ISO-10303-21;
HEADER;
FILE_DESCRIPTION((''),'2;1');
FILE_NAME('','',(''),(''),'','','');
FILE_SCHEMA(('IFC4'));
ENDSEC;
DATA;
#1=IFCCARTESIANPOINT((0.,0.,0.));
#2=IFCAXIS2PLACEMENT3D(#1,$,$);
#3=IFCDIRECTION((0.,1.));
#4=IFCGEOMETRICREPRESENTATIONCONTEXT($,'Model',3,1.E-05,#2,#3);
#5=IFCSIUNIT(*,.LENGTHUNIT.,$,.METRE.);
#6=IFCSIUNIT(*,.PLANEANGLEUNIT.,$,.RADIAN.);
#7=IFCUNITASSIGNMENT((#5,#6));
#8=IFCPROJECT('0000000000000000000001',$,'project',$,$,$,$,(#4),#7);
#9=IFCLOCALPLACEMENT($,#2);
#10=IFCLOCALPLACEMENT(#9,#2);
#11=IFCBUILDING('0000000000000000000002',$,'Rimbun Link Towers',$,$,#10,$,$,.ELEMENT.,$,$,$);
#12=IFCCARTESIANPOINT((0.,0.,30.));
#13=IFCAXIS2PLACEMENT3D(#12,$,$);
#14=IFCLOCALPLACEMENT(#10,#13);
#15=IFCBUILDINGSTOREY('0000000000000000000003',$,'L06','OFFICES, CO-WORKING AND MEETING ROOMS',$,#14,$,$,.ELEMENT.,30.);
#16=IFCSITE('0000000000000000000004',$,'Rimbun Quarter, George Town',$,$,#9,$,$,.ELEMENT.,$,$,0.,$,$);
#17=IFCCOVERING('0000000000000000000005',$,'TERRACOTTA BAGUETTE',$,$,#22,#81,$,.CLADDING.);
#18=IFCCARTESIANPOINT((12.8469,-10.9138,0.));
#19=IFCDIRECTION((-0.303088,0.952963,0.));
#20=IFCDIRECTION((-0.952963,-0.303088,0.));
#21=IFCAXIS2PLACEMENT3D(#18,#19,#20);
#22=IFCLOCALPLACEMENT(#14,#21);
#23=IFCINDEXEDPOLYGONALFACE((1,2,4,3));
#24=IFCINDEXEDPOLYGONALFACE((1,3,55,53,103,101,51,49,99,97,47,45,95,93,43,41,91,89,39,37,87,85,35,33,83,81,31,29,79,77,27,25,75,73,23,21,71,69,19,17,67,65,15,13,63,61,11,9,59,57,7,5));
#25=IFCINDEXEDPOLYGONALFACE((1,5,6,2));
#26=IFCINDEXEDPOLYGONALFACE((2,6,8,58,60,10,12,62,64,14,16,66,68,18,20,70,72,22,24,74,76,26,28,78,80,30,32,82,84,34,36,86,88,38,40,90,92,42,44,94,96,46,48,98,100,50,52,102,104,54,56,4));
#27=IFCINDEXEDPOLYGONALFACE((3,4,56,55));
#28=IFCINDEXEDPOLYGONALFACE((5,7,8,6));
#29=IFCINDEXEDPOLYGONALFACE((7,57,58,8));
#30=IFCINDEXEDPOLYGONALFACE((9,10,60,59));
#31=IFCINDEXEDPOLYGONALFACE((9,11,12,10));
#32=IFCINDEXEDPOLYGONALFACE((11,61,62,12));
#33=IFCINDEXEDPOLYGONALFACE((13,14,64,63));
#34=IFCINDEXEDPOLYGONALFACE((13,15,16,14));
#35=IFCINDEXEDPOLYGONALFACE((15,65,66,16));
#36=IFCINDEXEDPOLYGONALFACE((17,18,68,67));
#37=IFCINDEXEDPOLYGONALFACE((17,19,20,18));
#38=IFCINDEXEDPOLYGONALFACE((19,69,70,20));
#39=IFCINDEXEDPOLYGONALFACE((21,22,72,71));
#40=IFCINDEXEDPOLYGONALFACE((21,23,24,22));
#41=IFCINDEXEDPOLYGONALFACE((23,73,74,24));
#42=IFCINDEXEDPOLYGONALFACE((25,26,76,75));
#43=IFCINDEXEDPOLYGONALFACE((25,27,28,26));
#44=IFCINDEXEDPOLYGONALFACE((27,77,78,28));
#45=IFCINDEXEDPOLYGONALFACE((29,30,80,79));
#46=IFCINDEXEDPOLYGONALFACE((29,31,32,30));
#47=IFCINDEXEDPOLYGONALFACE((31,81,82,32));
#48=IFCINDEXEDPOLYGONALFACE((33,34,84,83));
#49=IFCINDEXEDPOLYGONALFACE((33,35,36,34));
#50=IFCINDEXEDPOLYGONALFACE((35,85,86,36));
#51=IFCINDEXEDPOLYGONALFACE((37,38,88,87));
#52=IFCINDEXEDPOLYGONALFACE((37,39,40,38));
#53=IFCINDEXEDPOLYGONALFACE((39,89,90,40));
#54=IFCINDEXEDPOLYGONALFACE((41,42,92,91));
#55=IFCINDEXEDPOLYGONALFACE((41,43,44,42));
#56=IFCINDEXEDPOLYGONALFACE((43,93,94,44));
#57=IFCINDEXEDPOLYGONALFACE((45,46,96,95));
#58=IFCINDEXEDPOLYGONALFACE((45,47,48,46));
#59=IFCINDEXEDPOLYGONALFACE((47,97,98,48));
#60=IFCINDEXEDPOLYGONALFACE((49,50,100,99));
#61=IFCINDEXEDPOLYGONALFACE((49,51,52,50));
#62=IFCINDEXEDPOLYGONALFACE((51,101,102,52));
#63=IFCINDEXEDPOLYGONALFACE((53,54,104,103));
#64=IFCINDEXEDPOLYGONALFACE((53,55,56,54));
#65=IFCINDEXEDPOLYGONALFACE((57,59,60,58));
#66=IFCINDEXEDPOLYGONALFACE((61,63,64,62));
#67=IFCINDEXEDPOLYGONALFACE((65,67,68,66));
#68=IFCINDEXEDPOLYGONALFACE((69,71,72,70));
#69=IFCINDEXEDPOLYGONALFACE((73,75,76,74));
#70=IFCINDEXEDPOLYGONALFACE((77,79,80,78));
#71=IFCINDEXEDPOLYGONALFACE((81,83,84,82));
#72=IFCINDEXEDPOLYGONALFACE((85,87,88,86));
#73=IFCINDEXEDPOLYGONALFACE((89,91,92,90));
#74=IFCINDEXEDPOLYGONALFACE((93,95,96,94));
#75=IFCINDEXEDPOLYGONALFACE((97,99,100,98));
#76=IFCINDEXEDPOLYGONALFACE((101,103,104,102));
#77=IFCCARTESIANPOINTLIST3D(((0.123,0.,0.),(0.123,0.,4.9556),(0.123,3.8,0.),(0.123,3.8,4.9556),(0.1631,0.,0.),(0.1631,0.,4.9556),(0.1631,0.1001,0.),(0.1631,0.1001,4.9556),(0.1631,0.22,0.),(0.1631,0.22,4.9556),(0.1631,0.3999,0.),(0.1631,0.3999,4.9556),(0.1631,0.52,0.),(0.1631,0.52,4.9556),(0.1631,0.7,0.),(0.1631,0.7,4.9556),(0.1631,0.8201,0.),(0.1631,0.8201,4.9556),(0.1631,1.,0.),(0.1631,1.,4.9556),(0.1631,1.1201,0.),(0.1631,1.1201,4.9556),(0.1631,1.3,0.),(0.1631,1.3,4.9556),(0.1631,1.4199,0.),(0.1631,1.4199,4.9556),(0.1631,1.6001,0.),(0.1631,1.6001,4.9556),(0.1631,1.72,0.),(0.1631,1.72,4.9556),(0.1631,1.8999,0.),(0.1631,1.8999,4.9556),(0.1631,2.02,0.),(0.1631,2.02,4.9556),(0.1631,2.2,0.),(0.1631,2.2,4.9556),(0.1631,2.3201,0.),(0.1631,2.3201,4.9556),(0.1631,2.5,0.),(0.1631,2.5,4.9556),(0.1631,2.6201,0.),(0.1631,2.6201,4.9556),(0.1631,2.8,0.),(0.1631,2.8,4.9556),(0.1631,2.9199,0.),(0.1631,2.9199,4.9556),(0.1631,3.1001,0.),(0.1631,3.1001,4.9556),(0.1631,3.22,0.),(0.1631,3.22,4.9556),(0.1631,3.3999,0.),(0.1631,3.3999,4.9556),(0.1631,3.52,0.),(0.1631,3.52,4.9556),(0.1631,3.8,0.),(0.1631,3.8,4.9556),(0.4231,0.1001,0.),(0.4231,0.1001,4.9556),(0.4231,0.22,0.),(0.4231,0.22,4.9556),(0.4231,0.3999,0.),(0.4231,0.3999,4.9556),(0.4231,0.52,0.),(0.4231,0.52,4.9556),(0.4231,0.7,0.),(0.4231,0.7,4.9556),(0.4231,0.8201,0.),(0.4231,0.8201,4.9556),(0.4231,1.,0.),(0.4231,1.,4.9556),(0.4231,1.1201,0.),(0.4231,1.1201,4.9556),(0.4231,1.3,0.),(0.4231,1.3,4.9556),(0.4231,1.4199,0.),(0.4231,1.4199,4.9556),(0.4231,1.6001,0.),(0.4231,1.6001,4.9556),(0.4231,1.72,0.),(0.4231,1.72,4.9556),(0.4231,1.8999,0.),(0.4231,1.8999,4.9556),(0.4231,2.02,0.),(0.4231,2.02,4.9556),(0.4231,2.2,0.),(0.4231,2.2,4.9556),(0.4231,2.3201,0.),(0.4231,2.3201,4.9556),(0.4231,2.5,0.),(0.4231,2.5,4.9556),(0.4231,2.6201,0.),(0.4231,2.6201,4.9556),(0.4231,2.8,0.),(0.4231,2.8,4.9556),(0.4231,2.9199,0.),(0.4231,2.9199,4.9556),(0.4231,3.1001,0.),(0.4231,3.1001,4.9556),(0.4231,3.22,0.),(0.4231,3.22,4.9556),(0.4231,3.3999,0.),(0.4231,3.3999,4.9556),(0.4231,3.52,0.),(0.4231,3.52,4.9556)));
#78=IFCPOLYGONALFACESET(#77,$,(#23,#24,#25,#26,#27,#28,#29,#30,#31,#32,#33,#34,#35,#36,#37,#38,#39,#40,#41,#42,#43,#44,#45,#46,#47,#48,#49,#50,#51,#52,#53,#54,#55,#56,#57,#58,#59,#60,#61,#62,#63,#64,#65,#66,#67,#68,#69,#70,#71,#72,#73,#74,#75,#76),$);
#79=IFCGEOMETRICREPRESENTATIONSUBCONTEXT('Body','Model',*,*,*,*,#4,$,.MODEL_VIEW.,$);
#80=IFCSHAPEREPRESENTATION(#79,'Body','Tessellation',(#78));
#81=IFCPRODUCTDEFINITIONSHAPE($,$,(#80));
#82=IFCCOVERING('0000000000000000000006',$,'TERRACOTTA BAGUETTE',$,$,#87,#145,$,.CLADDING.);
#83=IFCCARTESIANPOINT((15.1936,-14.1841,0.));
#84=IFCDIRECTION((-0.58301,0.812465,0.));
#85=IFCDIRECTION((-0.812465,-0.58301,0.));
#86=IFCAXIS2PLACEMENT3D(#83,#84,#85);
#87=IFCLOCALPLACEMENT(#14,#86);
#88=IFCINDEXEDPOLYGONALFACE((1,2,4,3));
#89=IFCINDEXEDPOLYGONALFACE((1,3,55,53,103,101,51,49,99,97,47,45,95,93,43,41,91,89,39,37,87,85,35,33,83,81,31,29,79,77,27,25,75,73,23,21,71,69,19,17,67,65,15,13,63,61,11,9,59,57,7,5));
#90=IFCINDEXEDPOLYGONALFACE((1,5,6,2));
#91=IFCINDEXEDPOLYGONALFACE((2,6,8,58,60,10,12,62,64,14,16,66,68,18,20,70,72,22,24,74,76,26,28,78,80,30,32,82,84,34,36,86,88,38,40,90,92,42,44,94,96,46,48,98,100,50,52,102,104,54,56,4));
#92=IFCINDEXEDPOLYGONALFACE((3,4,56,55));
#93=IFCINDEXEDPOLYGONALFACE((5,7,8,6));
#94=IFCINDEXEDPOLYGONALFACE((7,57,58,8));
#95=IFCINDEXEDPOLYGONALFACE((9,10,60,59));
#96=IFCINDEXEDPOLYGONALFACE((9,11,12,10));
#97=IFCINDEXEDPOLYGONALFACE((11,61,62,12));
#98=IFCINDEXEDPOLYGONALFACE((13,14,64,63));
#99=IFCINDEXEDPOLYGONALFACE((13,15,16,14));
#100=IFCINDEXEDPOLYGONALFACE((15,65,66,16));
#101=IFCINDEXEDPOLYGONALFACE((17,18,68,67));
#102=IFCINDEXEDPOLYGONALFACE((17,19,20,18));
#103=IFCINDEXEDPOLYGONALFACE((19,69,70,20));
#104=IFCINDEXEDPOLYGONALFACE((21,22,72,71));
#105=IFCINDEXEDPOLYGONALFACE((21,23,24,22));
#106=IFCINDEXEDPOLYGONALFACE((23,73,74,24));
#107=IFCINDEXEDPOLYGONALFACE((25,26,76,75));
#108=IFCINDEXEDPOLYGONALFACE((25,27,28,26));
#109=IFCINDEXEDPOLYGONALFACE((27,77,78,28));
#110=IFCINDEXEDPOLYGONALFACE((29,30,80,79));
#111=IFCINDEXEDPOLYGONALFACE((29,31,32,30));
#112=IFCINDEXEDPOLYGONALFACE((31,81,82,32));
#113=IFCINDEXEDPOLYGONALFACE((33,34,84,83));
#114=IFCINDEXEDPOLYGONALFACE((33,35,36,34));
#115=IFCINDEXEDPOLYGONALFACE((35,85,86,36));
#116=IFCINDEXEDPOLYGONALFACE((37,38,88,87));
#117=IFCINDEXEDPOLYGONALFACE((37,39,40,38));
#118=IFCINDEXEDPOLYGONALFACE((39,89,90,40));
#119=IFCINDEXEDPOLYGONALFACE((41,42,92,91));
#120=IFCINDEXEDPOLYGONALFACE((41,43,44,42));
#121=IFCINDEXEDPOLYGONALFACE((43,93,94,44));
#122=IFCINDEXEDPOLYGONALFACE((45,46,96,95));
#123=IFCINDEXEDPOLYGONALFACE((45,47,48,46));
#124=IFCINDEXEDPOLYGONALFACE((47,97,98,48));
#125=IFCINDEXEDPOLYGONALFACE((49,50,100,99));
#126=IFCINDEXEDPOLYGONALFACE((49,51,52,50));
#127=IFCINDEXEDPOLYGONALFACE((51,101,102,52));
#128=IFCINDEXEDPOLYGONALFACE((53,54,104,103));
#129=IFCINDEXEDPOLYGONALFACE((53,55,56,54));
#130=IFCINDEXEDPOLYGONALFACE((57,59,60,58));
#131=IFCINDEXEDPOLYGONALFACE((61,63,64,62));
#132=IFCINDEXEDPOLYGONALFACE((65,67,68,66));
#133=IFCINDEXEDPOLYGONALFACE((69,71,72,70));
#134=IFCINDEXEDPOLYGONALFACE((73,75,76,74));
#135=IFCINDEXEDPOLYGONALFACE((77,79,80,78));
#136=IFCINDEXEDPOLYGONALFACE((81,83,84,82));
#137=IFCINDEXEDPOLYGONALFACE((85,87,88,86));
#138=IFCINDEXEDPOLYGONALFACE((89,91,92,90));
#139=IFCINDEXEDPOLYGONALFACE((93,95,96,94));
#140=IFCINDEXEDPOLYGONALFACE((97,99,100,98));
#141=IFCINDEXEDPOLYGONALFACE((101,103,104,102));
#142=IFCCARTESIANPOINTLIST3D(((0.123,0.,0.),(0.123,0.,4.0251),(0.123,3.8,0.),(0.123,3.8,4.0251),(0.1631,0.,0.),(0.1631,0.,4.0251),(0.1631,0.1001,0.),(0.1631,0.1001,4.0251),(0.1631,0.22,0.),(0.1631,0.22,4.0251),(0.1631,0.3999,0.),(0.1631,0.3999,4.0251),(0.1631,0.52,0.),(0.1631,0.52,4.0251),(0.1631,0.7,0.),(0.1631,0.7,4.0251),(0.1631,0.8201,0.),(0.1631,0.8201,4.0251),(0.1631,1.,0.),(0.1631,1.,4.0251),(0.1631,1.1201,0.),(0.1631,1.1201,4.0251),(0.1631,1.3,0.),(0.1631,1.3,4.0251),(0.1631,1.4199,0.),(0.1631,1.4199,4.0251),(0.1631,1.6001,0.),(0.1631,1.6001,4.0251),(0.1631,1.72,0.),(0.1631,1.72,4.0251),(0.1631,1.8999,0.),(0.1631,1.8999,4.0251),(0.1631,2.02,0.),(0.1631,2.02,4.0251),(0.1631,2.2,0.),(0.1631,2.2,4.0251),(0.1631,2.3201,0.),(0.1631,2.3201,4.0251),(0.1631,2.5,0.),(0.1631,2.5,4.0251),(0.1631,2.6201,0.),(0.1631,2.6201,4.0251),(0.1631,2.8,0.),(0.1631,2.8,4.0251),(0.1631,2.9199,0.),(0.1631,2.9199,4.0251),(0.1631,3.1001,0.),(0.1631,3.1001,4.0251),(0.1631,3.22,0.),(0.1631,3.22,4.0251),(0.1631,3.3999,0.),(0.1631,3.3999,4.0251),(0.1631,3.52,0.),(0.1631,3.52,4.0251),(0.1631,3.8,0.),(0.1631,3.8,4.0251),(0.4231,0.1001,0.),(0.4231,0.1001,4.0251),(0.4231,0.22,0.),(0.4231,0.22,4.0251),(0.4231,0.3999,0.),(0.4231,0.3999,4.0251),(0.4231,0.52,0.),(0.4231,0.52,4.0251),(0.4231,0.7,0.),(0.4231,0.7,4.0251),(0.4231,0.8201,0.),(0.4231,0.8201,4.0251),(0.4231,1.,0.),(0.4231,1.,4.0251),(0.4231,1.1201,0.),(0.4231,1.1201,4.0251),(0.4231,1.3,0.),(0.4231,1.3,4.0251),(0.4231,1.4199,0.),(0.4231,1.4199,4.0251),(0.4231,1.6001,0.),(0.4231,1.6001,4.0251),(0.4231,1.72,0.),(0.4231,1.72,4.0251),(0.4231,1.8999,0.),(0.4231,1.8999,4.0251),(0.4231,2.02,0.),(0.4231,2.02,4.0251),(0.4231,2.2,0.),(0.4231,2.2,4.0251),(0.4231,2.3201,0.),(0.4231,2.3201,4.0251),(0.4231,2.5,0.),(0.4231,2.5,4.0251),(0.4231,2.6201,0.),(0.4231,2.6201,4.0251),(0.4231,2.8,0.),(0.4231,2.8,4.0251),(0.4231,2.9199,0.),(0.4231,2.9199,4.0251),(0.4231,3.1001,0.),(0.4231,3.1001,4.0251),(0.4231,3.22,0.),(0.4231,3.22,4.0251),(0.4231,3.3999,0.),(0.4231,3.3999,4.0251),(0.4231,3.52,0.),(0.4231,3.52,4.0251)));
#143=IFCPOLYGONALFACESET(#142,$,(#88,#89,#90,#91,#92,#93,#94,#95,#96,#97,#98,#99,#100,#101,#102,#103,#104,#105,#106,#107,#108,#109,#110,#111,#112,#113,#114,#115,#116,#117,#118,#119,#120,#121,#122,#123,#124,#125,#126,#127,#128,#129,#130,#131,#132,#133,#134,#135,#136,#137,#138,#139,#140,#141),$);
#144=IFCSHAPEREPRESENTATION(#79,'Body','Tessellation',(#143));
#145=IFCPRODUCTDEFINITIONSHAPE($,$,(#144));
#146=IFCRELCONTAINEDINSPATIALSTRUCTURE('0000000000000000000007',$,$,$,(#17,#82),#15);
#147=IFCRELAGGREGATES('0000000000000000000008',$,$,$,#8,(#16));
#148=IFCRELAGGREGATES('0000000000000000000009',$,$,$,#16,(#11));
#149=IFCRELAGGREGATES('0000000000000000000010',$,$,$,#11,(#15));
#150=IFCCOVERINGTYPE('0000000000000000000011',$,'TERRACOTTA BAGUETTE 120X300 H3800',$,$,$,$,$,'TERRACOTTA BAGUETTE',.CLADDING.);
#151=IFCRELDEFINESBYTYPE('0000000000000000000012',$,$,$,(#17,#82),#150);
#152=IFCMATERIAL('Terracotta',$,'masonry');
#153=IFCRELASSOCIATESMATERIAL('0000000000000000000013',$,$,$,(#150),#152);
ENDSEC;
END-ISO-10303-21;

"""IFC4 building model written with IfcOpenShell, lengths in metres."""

from ifc_helpers import new_model, si_unit, direction, frame, origin, place, context, subcontext, project, spatial, polyline, outline, extrude, material, material_profile, profile_set, type_object, element, save


model = new_model("IFC4")

# Units and contexts
model_context = context("Model", 3, precision=1e-05, world=origin(), true_north=direction((0.0, 1.0)))
body_context = subcontext(model_context, "Body", "Model", "MODEL_VIEW")
ifc_project = project(units=[si_unit("LENGTHUNIT", "METRE"), si_unit("PLANEANGLEUNIT", "RADIAN")], contexts=[model_context])

# Site, building, storey
site_placement = place(None, origin())
site = spatial("IfcSite", under=ifc_project, at=site_placement, Name="Rimbun Quarter, George Town", CompositionType="ELEMENT", RefElevation=0.0)
building_placement = place(site_placement, origin())
building = spatial("IfcBuilding", under=site, at=building_placement, Name="Rimbun Link Towers", CompositionType="ELEMENT")
storey_placement = place(building_placement, frame((0.0, 0.0, 30.0)))
storey = spatial("IfcBuildingStorey", under=building, at=storey_placement, Name="L06", Description="OFFICES, CO-WORKING AND MEETING ROOMS", CompositionType="ELEMENT", Elevation=30.0)

# Coverings
ifc_material_1 = material(Name="Terracotta", Category="masonry")
ifc_material_profile_1 = material_profile(ifc_material_1, outline(polyline([(0.123, 0.0), (0.1631, 0.0), (0.1631, 0.1001), (0.4231, 0.1001), (0.4231, 0.22), (0.1631, 0.22), (0.1631, 0.3999), (0.4231, 0.3999), (0.4231, 0.52), (0.1631, 0.52), (0.1631, 0.7), (0.4231, 0.7), (0.4231, 0.8201), (0.1631, 0.8201), (0.1631, 1.0), (0.4231, 1.0), (0.4231, 1.1201), (0.1631, 1.1201), (0.1631, 1.3), (0.4231, 1.3), (0.4231, 1.4199), (0.1631, 1.4199), (0.1631, 1.6001), (0.4231, 1.6001), (0.4231, 1.72), (0.1631, 1.72), (0.1631, 1.8999), (0.4231, 1.8999), (0.4231, 2.02), (0.1631, 2.02), (0.1631, 2.2), (0.4231, 2.2), (0.4231, 2.3201), (0.1631, 2.3201), (0.1631, 2.5), (0.4231, 2.5), (0.4231, 2.6201), (0.1631, 2.6201), (0.1631, 2.8), (0.4231, 2.8), (0.4231, 2.9199), (0.1631, 2.9199), (0.1631, 3.1001), (0.4231, 3.1001), (0.4231, 3.22), (0.1631, 3.22), (0.1631, 3.3999), (0.4231, 3.3999), (0.4231, 3.52), (0.1631, 3.52), (0.1631, 3.8), (0.123, 3.8), (0.123, 0.0)])), Name="BAGUETTE 120X300")
ifc_profile_set_1 = profile_set([ifc_material_profile_1], Name="Terracotta")
covering_type = type_object("IfcCoveringType", Name="TERRACOTTA BAGUETTE 120X300 H3800", ElementType="TERRACOTTA BAGUETTE", PredefinedType="CLADDING", material=ifc_profile_set_1)
covering_1_placement = place(storey_placement, frame((12.8469, -10.9138, 0.0), z_axis=(-0.303088, 0.952963, 0.0), x_axis=(-0.952963, -0.303088, 0.0)))
element("IfcCovering", 1, at=covering_1_placement, inside=storey, type_object=covering_type, Name="TERRACOTTA BAGUETTE", PredefinedType="CLADDING", context=body_context, shape_type="SweptSolid", body=[
    extrude(outline(polyline([(0.123, 0.0), (0.1631, 0.0), (0.1631, 0.1001), (0.4231, 0.1001), (0.4231, 0.22), (0.1631, 0.22), (0.1631, 0.3999), (0.4231, 0.3999), (0.4231, 0.52), (0.1631, 0.52), (0.1631, 0.7), (0.4231, 0.7), (0.4231, 0.8201), (0.1631, 0.8201), (0.1631, 1.0), (0.4231, 1.0), (0.4231, 1.1201), (0.1631, 1.1201), (0.1631, 1.3), (0.4231, 1.3), (0.4231, 1.4199), (0.1631, 1.4199), (0.1631, 1.6001), (0.4231, 1.6001), (0.4231, 1.72), (0.1631, 1.72), (0.1631, 1.8999), (0.4231, 1.8999), (0.4231, 2.02), (0.1631, 2.02), (0.1631, 2.2), (0.4231, 2.2), (0.4231, 2.3201), (0.1631, 2.3201), (0.1631, 2.5), (0.4231, 2.5), (0.4231, 2.6201), (0.1631, 2.6201), (0.1631, 2.8), (0.4231, 2.8), (0.4231, 2.9199), (0.1631, 2.9199), (0.1631, 3.1001), (0.4231, 3.1001), (0.4231, 3.22), (0.1631, 3.22), (0.1631, 3.3999), (0.4231, 3.3999), (0.4231, 3.52), (0.1631, 3.52), (0.1631, 3.8), (0.123, 3.8), (0.123, 0.0)])), origin(), (0.0, 0.0, 1.0), 4.9556),
])
covering_2_placement = place(storey_placement, frame((15.1936, -14.1841, 0.0), z_axis=(-0.58301, 0.812465, 0.0), x_axis=(-0.812465, -0.58301, 0.0)))
element("IfcCovering", 2, at=covering_2_placement, inside=storey, type_object=covering_type, Name="TERRACOTTA BAGUETTE", PredefinedType="CLADDING", context=body_context, shape_type="SweptSolid", body=[
    extrude(outline(polyline([(0.123, 0.0), (0.1631, 0.0), (0.1631, 0.1001), (0.4231, 0.1001), (0.4231, 0.22), (0.1631, 0.22), (0.1631, 0.3999), (0.4231, 0.3999), (0.4231, 0.52), (0.1631, 0.52), (0.1631, 0.7), (0.4231, 0.7), (0.4231, 0.8201), (0.1631, 0.8201), (0.1631, 1.0), (0.4231, 1.0), (0.4231, 1.1201), (0.1631, 1.1201), (0.1631, 1.3), (0.4231, 1.3), (0.4231, 1.4199), (0.1631, 1.4199), (0.1631, 1.6001), (0.4231, 1.6001), (0.4231, 1.72), (0.1631, 1.72), (0.1631, 1.8999), (0.4231, 1.8999), (0.4231, 2.02), (0.1631, 2.02), (0.1631, 2.2), (0.4231, 2.2), (0.4231, 2.3201), (0.1631, 2.3201), (0.1631, 2.5), (0.4231, 2.5), (0.4231, 2.6201), (0.1631, 2.6201), (0.1631, 2.8), (0.4231, 2.8), (0.4231, 2.9199), (0.1631, 2.9199), (0.1631, 3.1001), (0.4231, 3.1001), (0.4231, 3.22), (0.1631, 3.22), (0.1631, 3.3999), (0.4231, 3.3999), (0.4231, 3.52), (0.1631, 3.52), (0.1631, 3.8), (0.123, 3.8), (0.123, 0.0)])), origin(), (0.0, 0.0, 1.0), 4.0251),
])

save(model, "model.ifc")
